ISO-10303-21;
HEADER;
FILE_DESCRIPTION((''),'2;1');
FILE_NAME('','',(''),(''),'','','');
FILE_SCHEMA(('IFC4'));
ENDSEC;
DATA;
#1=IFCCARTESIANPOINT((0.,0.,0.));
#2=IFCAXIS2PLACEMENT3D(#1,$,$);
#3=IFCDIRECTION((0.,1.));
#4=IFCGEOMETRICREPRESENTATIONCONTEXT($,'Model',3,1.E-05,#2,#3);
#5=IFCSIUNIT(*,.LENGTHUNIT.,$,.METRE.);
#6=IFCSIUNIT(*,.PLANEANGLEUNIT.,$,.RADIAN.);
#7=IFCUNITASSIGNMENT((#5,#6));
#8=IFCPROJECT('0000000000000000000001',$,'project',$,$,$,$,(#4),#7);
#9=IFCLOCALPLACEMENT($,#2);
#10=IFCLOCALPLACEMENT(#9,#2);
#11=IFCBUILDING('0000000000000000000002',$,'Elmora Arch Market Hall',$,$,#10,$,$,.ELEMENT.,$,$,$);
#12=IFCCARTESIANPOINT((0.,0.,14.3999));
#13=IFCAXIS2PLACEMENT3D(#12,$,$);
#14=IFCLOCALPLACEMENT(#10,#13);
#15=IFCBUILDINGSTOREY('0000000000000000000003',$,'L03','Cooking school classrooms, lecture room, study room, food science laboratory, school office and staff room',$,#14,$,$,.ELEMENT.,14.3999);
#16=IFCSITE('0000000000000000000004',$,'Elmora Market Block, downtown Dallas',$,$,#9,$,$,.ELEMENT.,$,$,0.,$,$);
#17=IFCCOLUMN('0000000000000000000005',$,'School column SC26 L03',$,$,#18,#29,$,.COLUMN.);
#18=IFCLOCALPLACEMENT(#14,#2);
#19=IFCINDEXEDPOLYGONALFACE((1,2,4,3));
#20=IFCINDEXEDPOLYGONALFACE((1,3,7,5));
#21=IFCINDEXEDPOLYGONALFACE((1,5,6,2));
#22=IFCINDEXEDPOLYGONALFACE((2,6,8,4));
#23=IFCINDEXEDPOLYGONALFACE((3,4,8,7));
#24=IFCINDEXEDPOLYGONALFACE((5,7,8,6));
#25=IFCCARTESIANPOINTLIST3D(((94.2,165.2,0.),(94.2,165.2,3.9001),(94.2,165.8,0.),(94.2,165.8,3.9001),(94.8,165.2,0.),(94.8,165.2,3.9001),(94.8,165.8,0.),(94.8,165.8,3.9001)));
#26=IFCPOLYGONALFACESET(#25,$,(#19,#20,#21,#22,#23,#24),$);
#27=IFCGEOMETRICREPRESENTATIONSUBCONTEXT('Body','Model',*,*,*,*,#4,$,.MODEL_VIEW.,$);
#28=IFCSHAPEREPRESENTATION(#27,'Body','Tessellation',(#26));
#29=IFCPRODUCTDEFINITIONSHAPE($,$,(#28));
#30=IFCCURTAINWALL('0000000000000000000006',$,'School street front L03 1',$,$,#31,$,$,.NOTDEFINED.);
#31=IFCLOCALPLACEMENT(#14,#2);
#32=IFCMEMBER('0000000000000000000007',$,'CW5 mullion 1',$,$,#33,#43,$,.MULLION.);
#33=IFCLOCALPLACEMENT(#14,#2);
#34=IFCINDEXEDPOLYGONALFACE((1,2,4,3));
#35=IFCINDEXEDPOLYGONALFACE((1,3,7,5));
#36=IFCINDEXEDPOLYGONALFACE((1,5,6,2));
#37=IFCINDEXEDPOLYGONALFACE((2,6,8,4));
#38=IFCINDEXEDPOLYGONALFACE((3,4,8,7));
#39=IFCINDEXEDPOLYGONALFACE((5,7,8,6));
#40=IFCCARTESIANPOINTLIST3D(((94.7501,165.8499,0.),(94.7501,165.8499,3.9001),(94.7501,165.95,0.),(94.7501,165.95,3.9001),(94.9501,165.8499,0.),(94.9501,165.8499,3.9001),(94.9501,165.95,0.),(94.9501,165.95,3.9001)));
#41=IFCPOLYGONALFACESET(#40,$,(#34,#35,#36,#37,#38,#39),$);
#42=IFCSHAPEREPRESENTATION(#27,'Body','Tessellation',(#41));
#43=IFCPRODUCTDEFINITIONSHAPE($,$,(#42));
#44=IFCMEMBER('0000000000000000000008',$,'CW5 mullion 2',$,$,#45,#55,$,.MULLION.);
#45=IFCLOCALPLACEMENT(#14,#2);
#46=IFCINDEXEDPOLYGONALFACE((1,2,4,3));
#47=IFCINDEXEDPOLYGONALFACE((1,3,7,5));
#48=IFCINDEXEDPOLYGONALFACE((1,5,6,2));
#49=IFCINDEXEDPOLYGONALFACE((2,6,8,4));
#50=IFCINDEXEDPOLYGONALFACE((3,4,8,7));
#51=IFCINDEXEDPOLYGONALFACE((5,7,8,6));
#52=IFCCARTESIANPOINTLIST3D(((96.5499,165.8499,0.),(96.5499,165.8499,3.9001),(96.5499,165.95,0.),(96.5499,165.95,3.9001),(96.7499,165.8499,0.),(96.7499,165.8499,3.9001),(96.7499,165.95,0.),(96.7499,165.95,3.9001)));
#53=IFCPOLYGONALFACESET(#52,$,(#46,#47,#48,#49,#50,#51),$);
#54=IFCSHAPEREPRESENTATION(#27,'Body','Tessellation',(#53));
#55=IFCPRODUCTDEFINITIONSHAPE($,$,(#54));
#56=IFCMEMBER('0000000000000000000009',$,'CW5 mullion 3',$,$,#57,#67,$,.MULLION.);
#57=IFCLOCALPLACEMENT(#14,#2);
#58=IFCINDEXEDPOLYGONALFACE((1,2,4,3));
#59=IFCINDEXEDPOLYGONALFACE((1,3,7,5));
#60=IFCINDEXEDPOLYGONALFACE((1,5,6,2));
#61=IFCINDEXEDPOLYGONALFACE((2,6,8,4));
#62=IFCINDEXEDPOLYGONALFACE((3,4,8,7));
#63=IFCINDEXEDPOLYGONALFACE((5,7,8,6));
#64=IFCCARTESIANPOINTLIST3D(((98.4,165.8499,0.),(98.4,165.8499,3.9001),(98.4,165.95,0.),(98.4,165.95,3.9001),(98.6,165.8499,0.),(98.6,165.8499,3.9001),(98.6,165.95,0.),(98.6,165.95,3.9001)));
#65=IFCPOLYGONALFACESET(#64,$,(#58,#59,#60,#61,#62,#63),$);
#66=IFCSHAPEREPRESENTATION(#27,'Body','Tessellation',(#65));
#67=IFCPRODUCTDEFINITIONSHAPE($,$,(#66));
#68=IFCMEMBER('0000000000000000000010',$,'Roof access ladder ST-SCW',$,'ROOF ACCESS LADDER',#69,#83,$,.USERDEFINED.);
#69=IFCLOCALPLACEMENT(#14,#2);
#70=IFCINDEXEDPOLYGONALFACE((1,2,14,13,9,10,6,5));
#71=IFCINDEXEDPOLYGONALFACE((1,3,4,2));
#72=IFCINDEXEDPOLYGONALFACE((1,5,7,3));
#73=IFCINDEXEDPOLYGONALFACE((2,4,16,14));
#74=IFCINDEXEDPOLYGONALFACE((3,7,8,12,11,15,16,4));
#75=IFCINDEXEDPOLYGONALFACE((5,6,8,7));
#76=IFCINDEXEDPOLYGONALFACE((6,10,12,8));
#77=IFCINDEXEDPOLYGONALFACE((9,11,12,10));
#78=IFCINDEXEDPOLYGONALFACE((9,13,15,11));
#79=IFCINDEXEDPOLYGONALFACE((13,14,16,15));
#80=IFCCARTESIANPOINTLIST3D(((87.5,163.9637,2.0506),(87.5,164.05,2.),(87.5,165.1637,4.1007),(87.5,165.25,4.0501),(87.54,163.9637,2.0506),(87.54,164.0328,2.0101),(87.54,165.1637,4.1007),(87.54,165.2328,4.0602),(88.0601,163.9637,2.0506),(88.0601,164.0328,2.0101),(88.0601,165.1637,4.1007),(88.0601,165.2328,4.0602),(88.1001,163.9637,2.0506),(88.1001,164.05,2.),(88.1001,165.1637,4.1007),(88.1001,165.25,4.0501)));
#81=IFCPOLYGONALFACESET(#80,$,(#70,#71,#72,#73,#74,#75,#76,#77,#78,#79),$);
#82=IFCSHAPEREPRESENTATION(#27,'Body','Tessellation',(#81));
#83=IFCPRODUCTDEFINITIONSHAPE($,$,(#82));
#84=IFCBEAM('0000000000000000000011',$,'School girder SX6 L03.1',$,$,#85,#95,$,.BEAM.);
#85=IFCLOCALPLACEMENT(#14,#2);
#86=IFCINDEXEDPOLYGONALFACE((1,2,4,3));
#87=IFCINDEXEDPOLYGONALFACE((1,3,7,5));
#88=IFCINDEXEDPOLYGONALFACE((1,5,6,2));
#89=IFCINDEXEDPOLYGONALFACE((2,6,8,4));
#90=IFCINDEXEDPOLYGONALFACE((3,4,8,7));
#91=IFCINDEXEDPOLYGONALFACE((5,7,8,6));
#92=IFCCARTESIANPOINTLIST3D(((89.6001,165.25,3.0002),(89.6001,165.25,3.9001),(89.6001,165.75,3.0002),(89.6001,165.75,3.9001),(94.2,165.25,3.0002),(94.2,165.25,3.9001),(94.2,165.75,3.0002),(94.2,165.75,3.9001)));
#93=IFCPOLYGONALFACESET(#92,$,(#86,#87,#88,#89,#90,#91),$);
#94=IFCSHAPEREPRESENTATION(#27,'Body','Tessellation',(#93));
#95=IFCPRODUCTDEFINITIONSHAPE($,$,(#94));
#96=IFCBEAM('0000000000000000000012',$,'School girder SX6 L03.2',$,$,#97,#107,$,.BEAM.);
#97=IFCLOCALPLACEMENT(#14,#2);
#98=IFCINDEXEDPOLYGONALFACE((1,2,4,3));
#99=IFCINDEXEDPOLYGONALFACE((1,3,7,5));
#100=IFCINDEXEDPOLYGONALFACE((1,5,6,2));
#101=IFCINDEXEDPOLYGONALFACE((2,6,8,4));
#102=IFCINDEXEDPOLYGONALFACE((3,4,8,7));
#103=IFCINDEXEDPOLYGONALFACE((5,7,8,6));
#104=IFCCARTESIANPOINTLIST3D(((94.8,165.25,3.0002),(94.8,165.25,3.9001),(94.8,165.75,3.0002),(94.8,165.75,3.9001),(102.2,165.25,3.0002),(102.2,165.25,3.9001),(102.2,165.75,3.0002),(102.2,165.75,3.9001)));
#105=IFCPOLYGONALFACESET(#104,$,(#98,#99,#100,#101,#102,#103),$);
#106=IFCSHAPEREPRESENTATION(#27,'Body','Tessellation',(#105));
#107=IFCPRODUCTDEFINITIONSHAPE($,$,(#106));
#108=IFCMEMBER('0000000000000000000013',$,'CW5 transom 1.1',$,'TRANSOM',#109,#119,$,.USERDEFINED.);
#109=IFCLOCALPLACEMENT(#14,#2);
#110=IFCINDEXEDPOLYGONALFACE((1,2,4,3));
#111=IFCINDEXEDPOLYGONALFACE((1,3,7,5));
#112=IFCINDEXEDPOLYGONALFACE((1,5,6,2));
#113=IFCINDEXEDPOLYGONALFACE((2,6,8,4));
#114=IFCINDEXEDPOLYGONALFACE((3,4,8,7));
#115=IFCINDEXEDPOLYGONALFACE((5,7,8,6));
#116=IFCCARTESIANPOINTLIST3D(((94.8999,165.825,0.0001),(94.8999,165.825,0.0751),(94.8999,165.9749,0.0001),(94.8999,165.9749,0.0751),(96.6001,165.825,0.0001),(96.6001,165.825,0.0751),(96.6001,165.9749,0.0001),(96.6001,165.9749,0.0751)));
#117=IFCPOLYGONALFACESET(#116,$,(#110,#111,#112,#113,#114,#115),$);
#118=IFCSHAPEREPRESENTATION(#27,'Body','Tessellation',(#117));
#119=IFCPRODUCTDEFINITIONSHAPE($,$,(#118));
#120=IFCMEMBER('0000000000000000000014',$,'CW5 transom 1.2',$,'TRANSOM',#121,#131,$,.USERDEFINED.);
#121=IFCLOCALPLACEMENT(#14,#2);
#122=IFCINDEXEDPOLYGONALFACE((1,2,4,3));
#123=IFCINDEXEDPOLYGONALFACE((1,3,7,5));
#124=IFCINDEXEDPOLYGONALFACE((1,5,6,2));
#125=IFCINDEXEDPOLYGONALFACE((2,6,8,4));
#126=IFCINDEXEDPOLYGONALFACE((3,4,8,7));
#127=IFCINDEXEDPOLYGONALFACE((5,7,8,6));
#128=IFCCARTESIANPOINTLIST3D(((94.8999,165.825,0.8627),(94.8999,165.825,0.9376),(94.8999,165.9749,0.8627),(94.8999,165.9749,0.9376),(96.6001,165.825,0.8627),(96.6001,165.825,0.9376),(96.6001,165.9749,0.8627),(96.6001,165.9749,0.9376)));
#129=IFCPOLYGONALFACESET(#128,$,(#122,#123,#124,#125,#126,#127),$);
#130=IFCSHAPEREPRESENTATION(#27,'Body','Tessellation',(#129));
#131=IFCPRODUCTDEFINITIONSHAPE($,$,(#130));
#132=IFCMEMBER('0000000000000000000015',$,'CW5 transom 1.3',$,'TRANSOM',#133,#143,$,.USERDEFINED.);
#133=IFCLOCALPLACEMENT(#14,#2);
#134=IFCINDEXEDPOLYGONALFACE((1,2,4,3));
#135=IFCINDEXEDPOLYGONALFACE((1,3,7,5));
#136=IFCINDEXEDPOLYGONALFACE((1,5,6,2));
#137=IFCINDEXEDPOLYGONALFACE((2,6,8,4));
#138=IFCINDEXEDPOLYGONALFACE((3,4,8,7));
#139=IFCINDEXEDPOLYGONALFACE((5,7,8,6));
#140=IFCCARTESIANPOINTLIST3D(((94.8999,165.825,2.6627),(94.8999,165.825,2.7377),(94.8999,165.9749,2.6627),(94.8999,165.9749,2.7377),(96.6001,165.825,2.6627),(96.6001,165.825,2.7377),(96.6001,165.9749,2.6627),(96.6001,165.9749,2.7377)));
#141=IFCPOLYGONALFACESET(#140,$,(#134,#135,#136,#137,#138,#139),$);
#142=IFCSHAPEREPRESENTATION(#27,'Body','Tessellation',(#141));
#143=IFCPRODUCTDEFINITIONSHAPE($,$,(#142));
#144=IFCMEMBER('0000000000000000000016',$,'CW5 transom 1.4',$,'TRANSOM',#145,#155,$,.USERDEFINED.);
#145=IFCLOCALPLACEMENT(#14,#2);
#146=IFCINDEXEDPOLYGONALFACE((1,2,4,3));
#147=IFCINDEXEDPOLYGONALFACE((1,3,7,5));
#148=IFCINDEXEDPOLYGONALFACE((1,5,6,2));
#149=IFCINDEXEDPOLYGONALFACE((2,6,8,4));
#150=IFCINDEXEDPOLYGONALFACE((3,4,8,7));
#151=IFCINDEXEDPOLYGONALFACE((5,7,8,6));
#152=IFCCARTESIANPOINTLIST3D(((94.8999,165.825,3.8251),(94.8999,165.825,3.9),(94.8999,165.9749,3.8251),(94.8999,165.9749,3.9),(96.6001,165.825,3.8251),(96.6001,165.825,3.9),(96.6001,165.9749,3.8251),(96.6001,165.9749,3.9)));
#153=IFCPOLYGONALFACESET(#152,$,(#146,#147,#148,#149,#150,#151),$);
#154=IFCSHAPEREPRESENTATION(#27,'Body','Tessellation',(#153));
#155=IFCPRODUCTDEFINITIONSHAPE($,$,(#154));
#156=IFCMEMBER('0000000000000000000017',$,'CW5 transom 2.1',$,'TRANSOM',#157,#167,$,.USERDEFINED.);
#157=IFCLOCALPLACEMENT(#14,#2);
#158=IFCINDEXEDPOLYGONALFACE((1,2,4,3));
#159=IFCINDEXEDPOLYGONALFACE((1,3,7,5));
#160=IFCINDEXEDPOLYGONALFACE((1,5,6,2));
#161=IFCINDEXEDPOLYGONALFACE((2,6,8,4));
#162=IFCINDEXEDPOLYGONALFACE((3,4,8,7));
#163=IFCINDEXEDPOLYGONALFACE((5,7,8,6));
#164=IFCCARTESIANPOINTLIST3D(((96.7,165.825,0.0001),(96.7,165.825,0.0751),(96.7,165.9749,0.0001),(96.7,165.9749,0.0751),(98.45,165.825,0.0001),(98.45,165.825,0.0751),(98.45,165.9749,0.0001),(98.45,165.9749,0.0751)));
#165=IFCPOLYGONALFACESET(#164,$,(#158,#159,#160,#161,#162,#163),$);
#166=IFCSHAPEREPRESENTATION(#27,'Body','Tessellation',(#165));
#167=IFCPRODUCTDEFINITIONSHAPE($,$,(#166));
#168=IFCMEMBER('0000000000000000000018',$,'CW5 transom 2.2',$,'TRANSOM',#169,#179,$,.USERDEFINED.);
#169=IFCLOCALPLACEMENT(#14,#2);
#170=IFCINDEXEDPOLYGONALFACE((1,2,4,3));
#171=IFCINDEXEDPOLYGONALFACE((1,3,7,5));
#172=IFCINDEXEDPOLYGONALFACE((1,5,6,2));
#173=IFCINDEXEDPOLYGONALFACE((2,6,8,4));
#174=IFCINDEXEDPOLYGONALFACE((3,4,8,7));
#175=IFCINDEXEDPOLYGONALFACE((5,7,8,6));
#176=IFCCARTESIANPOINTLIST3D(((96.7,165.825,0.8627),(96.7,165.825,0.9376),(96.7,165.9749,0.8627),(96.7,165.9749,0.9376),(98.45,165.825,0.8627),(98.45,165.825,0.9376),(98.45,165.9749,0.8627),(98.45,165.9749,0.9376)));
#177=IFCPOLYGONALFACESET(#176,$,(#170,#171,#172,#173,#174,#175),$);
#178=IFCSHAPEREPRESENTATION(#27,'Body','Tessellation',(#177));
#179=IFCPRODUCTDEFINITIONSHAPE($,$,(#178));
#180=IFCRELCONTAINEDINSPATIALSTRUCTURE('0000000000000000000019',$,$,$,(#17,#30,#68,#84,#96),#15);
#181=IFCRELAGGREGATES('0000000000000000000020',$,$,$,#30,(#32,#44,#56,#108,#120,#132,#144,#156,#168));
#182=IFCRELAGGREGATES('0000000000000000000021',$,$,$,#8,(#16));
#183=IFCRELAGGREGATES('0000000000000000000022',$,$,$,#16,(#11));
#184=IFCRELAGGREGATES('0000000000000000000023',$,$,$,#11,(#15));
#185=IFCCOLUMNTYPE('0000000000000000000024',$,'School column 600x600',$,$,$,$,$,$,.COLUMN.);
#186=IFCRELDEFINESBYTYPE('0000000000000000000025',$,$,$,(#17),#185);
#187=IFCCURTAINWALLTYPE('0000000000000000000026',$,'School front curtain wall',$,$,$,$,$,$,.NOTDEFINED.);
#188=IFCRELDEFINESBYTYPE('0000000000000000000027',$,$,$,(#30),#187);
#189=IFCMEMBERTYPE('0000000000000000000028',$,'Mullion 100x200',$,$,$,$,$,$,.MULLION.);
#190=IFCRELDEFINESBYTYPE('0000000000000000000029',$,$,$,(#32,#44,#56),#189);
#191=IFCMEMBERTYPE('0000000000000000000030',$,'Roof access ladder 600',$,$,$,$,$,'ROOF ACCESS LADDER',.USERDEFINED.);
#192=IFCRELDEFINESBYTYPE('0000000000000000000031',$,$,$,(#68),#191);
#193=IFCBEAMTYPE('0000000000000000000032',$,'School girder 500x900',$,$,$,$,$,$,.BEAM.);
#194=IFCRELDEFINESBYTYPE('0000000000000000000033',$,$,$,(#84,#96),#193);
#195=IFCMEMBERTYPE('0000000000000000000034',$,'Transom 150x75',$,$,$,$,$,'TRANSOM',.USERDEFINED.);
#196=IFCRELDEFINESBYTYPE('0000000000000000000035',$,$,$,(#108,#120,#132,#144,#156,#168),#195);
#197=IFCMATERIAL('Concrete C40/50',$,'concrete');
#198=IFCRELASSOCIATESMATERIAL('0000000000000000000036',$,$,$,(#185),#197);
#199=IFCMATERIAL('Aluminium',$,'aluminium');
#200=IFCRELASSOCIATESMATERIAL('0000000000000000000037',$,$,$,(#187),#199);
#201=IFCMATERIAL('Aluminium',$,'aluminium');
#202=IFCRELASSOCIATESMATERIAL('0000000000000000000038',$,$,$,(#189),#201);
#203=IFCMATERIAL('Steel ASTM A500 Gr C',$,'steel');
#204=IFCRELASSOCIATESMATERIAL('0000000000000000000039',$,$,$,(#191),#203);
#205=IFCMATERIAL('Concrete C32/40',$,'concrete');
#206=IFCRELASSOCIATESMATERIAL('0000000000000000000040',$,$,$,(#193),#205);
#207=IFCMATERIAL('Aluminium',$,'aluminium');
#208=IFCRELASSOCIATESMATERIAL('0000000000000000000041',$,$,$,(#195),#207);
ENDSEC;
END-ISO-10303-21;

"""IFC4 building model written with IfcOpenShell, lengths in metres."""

from ifc_helpers import new_model, si_unit, direction, frame, origin, origin_2d, place, context, subcontext, project, spatial, polyline, rectangle, outline, extrude, material, material_profile, profile_set, type_object, element, aggregate, save


model = new_model("IFC4")

# Units and contexts
model_context = context("Model", 3, precision=1e-05, world=origin(), true_north=direction((0.0, 1.0)))
body_context = subcontext(model_context, "Body", "Model", "MODEL_VIEW")
ifc_project = project(units=[si_unit("LENGTHUNIT", "METRE"), si_unit("PLANEANGLEUNIT", "RADIAN")], contexts=[model_context])

# Site, building, storey
site_placement = place(None, origin())
site = spatial("IfcSite", under=ifc_project, at=site_placement, Name="Elmora Market Block, downtown Dallas", CompositionType="ELEMENT", RefElevation=0.0)
building_placement = place(site_placement, origin())
building = spatial("IfcBuilding", under=site, at=building_placement, Name="Elmora Arch Market Hall", CompositionType="ELEMENT")
storey_placement = place(building_placement, frame((0.0, 0.0, 14.3999)))
storey = spatial("IfcBuildingStorey", under=building, at=storey_placement, Name="L03", Description="Cooking school classrooms, lecture room, study room, food science laboratory, school office and staff room", CompositionType="ELEMENT", Elevation=14.3999)

# Column
ifc_material_1 = material(Name="Concrete C40/50", Category="concrete")
ifc_material_profile_1 = material_profile(ifc_material_1, rectangle(XDim=0.6001, YDim=0.6001, at=origin_2d()), Name="School column 600x600")
ifc_profile_set_1 = profile_set([ifc_material_profile_1], Name="Concrete C40/50")
column_type = type_object("IfcColumnType", Name="School column 600x600", PredefinedType="COLUMN", material=ifc_profile_set_1)
column_placement = place(storey_placement, frame((94.5, 165.5, 0.0), z_axis=(0.0, 0.0, 1.0), x_axis=(1.0, 0.0, 0.0)))
element("IfcColumn", 1, at=column_placement, inside=storey, type_object=column_type, Name="School column SC26 L03", PredefinedType="COLUMN", context=body_context, shape_type="SweptSolid", body=[
    extrude(rectangle(XDim=0.6001, YDim=0.6001, at=origin_2d()), origin(), (0.0, 0.0, 1.0), 3.9001),
])

# Curtain wall, members
ifc_material_2 = material(Name="Aluminium", Category="aluminium")
curtain_wall_type = type_object("IfcCurtainWallType", Name="School front curtain wall", PredefinedType="NOTDEFINED", material=ifc_material_2)
curtain_wall_placement = place(storey_placement, origin())
curtain_wall = element("IfcCurtainWall", 2, at=curtain_wall_placement, inside=storey, type_object=curtain_wall_type, Name="School street front L03 1", PredefinedType="NOTDEFINED")
ifc_material_3 = material(Name="Aluminium", Category="aluminium")
ifc_material_profile_2 = material_profile(ifc_material_3, rectangle(XDim=0.1001, YDim=0.2, at=origin_2d()), Name="AL 100x200")
ifc_profile_set_2 = profile_set([ifc_material_profile_2], Name="Aluminium")
member_type_1 = type_object("IfcMemberType", Name="Mullion 100x200", PredefinedType="MULLION", material=ifc_profile_set_2)
member_1_placement = place(storey_placement, frame((94.8501, 165.8999, 0.0), z_axis=(0.0, 0.0, 1.0), x_axis=(0.0, 1.0, 0.0)))
member_1 = element("IfcMember", 3, at=member_1_placement, type_object=member_type_1, Name="CW5 mullion 1", PredefinedType="MULLION", context=body_context, shape_type="SweptSolid", body=[
    extrude(rectangle(XDim=0.1001, YDim=0.2, at=origin_2d()), origin(), (0.0, 0.0, 1.0), 3.9001),
])
member_2_placement = place(storey_placement, frame((96.6499, 165.8999, 0.0), z_axis=(0.0, 0.0, 1.0), x_axis=(0.0, 1.0, 0.0)))
member_2 = element("IfcMember", 4, at=member_2_placement, type_object=member_type_1, Name="CW5 mullion 2", PredefinedType="MULLION", context=body_context, shape_type="SweptSolid", body=[
    extrude(rectangle(XDim=0.1001, YDim=0.2, at=origin_2d()), origin(), (0.0, 0.0, 1.0), 3.9001),
])
member_3_placement = place(storey_placement, frame((98.5, 165.8999, 0.0), z_axis=(0.0, 0.0, 1.0), x_axis=(0.0, 1.0, 0.0)))
member_3 = element("IfcMember", 5, at=member_3_placement, type_object=member_type_1, Name="CW5 mullion 3", PredefinedType="MULLION", context=body_context, shape_type="SweptSolid", body=[
    extrude(rectangle(XDim=0.1001, YDim=0.2, at=origin_2d()), origin(), (0.0, 0.0, 1.0), 3.9001),
])

# Member
ifc_material_4 = material(Name="Steel ASTM A500 Gr C", Category="steel")
ifc_material_profile_3 = material_profile(ifc_material_4, outline(polyline([(-0.3, 0.0), (0.3, 0.0), (0.3, 0.1001), (0.26, 0.1001), (0.26, 0.02), (-0.26, 0.02), (-0.26, 0.1001), (-0.3, 0.1001), (-0.3, 0.0)])), Name="Ladder channel 600 x 100")
ifc_profile_set_3 = profile_set([ifc_material_profile_3], Name="Steel ASTM A500 Gr C")
member_type_2 = type_object("IfcMemberType", Name="Roof access ladder 600", ElementType="ROOF ACCESS LADDER", PredefinedType="USERDEFINED", material=ifc_profile_set_3)
member_4_placement = place(storey_placement, frame((87.8, 164.05, 2.0), z_axis=(0.0, 0.505155, 0.863029), x_axis=(-1.0, 0.0, 0.0)))
element("IfcMember", 6, at=member_4_placement, inside=storey, type_object=member_type_2, Name="Roof access ladder ST-SCW", ObjectType="ROOF ACCESS LADDER", PredefinedType="USERDEFINED", context=body_context, shape_type="SweptSolid", body=[
    extrude(outline(polyline([(-0.3, 0.0), (0.3, 0.0), (0.3, 0.1001), (0.26, 0.1001), (0.26, 0.02), (-0.26, 0.02), (-0.26, 0.1001), (-0.3, 0.1001), (-0.3, 0.0)])), origin(), (0.0, 0.0, 1.0), 2.3755),
])

# Beams
ifc_material_5 = material(Name="Concrete C32/40", Category="concrete")
ifc_material_profile_4 = material_profile(ifc_material_5, rectangle(XDim=0.5, YDim=0.8999, at=origin_2d()), Name="School girder 500x900")
ifc_profile_set_4 = profile_set([ifc_material_profile_4], Name="Concrete C32/40")
beam_type = type_object("IfcBeamType", Name="School girder 500x900", PredefinedType="BEAM", material=ifc_profile_set_4)
beam_1_placement = place(storey_placement, frame((89.6001, 165.5, 3.4502), z_axis=(1.0, 0.0, 0.0), x_axis=(0.0, 1.0, 0.0)))
element("IfcBeam", 7, at=beam_1_placement, inside=storey, type_object=beam_type, Name="School girder SX6 L03.1", PredefinedType="BEAM", context=body_context, shape_type="SweptSolid", body=[
    extrude(rectangle(XDim=0.5, YDim=0.8999, at=origin_2d()), origin(), (0.0, 0.0, 1.0), 4.5999),
])
beam_2_placement = place(storey_placement, frame((94.8, 165.5, 3.4502), z_axis=(1.0, 0.0, 0.0), x_axis=(0.0, 1.0, 0.0)))
element("IfcBeam", 8, at=beam_2_placement, inside=storey, type_object=beam_type, Name="School girder SX6 L03.2", PredefinedType="BEAM", context=body_context, shape_type="SweptSolid", body=[
    extrude(rectangle(XDim=0.5, YDim=0.8999, at=origin_2d()), origin(), (0.0, 0.0, 1.0), 7.3999),
])

# Members
ifc_material_6 = material(Name="Aluminium", Category="aluminium")
ifc_material_profile_5 = material_profile(ifc_material_6, rectangle(XDim=0.1499, YDim=0.075, at=origin_2d()), Name="AL 150x75")
ifc_profile_set_5 = profile_set([ifc_material_profile_5], Name="Aluminium")
member_type_3 = type_object("IfcMemberType", Name="Transom 150x75", ElementType="TRANSOM", PredefinedType="USERDEFINED", material=ifc_profile_set_5)
member_5_placement = place(storey_placement, frame((94.8999, 165.8999, 0.0376), z_axis=(1.0, 0.0, 0.0), x_axis=(0.0, 1.0, 0.0)))
member_5 = element("IfcMember", 9, at=member_5_placement, type_object=member_type_3, Name="CW5 transom 1.1", ObjectType="TRANSOM", PredefinedType="USERDEFINED", context=body_context, shape_type="SweptSolid", body=[
    extrude(rectangle(XDim=0.1499, YDim=0.075, at=origin_2d()), origin(), (0.0, 0.0, 1.0), 1.7002),
])
member_6_placement = place(storey_placement, frame((94.8999, 165.8999, 0.9001), z_axis=(1.0, 0.0, 0.0), x_axis=(0.0, 1.0, 0.0)))
member_6 = element("IfcMember", 10, at=member_6_placement, type_object=member_type_3, Name="CW5 transom 1.2", ObjectType="TRANSOM", PredefinedType="USERDEFINED", context=body_context, shape_type="SweptSolid", body=[
    extrude(rectangle(XDim=0.1499, YDim=0.075, at=origin_2d()), origin(), (0.0, 0.0, 1.0), 1.7002),
])
member_7_placement = place(storey_placement, frame((94.8999, 165.8999, 2.7002), z_axis=(1.0, 0.0, 0.0), x_axis=(0.0, 1.0, 0.0)))
member_7 = element("IfcMember", 11, at=member_7_placement, type_object=member_type_3, Name="CW5 transom 1.3", ObjectType="TRANSOM", PredefinedType="USERDEFINED", context=body_context, shape_type="SweptSolid", body=[
    extrude(rectangle(XDim=0.1499, YDim=0.075, at=origin_2d()), origin(), (0.0, 0.0, 1.0), 1.7002),
])
member_8_placement = place(storey_placement, frame((94.8999, 165.8999, 3.8625), z_axis=(1.0, 0.0, 0.0), x_axis=(0.0, 1.0, 0.0)))
member_8 = element("IfcMember", 12, at=member_8_placement, type_object=member_type_3, Name="CW5 transom 1.4", ObjectType="TRANSOM", PredefinedType="USERDEFINED", context=body_context, shape_type="SweptSolid", body=[
    extrude(rectangle(XDim=0.1499, YDim=0.075, at=origin_2d()), origin(), (0.0, 0.0, 1.0), 1.7002),
])
member_9_placement = place(storey_placement, frame((96.7, 165.8999, 0.0376), z_axis=(1.0, 0.0, 0.0), x_axis=(0.0, 1.0, 0.0)))
member_9 = element("IfcMember", 13, at=member_9_placement, type_object=member_type_3, Name="CW5 transom 2.1", ObjectType="TRANSOM", PredefinedType="USERDEFINED", context=body_context, shape_type="SweptSolid", body=[
    extrude(rectangle(XDim=0.1499, YDim=0.075, at=origin_2d()), origin(), (0.0, 0.0, 1.0), 1.75),
])
member_10_placement = place(storey_placement, frame((96.7, 165.8999, 0.9001), z_axis=(1.0, 0.0, 0.0), x_axis=(0.0, 1.0, 0.0)))
member_10 = element("IfcMember", 14, at=member_10_placement, type_object=member_type_3, Name="CW5 transom 2.2", ObjectType="TRANSOM", PredefinedType="USERDEFINED", context=body_context, shape_type="SweptSolid", body=[
    extrude(rectangle(XDim=0.1499, YDim=0.075, at=origin_2d()), origin(), (0.0, 0.0, 1.0), 1.75),
])

aggregate(curtain_wall, [member_1, member_2, member_3, member_5, member_6, member_7, member_8, member_9, member_10])

save(model, "model.ifc")
